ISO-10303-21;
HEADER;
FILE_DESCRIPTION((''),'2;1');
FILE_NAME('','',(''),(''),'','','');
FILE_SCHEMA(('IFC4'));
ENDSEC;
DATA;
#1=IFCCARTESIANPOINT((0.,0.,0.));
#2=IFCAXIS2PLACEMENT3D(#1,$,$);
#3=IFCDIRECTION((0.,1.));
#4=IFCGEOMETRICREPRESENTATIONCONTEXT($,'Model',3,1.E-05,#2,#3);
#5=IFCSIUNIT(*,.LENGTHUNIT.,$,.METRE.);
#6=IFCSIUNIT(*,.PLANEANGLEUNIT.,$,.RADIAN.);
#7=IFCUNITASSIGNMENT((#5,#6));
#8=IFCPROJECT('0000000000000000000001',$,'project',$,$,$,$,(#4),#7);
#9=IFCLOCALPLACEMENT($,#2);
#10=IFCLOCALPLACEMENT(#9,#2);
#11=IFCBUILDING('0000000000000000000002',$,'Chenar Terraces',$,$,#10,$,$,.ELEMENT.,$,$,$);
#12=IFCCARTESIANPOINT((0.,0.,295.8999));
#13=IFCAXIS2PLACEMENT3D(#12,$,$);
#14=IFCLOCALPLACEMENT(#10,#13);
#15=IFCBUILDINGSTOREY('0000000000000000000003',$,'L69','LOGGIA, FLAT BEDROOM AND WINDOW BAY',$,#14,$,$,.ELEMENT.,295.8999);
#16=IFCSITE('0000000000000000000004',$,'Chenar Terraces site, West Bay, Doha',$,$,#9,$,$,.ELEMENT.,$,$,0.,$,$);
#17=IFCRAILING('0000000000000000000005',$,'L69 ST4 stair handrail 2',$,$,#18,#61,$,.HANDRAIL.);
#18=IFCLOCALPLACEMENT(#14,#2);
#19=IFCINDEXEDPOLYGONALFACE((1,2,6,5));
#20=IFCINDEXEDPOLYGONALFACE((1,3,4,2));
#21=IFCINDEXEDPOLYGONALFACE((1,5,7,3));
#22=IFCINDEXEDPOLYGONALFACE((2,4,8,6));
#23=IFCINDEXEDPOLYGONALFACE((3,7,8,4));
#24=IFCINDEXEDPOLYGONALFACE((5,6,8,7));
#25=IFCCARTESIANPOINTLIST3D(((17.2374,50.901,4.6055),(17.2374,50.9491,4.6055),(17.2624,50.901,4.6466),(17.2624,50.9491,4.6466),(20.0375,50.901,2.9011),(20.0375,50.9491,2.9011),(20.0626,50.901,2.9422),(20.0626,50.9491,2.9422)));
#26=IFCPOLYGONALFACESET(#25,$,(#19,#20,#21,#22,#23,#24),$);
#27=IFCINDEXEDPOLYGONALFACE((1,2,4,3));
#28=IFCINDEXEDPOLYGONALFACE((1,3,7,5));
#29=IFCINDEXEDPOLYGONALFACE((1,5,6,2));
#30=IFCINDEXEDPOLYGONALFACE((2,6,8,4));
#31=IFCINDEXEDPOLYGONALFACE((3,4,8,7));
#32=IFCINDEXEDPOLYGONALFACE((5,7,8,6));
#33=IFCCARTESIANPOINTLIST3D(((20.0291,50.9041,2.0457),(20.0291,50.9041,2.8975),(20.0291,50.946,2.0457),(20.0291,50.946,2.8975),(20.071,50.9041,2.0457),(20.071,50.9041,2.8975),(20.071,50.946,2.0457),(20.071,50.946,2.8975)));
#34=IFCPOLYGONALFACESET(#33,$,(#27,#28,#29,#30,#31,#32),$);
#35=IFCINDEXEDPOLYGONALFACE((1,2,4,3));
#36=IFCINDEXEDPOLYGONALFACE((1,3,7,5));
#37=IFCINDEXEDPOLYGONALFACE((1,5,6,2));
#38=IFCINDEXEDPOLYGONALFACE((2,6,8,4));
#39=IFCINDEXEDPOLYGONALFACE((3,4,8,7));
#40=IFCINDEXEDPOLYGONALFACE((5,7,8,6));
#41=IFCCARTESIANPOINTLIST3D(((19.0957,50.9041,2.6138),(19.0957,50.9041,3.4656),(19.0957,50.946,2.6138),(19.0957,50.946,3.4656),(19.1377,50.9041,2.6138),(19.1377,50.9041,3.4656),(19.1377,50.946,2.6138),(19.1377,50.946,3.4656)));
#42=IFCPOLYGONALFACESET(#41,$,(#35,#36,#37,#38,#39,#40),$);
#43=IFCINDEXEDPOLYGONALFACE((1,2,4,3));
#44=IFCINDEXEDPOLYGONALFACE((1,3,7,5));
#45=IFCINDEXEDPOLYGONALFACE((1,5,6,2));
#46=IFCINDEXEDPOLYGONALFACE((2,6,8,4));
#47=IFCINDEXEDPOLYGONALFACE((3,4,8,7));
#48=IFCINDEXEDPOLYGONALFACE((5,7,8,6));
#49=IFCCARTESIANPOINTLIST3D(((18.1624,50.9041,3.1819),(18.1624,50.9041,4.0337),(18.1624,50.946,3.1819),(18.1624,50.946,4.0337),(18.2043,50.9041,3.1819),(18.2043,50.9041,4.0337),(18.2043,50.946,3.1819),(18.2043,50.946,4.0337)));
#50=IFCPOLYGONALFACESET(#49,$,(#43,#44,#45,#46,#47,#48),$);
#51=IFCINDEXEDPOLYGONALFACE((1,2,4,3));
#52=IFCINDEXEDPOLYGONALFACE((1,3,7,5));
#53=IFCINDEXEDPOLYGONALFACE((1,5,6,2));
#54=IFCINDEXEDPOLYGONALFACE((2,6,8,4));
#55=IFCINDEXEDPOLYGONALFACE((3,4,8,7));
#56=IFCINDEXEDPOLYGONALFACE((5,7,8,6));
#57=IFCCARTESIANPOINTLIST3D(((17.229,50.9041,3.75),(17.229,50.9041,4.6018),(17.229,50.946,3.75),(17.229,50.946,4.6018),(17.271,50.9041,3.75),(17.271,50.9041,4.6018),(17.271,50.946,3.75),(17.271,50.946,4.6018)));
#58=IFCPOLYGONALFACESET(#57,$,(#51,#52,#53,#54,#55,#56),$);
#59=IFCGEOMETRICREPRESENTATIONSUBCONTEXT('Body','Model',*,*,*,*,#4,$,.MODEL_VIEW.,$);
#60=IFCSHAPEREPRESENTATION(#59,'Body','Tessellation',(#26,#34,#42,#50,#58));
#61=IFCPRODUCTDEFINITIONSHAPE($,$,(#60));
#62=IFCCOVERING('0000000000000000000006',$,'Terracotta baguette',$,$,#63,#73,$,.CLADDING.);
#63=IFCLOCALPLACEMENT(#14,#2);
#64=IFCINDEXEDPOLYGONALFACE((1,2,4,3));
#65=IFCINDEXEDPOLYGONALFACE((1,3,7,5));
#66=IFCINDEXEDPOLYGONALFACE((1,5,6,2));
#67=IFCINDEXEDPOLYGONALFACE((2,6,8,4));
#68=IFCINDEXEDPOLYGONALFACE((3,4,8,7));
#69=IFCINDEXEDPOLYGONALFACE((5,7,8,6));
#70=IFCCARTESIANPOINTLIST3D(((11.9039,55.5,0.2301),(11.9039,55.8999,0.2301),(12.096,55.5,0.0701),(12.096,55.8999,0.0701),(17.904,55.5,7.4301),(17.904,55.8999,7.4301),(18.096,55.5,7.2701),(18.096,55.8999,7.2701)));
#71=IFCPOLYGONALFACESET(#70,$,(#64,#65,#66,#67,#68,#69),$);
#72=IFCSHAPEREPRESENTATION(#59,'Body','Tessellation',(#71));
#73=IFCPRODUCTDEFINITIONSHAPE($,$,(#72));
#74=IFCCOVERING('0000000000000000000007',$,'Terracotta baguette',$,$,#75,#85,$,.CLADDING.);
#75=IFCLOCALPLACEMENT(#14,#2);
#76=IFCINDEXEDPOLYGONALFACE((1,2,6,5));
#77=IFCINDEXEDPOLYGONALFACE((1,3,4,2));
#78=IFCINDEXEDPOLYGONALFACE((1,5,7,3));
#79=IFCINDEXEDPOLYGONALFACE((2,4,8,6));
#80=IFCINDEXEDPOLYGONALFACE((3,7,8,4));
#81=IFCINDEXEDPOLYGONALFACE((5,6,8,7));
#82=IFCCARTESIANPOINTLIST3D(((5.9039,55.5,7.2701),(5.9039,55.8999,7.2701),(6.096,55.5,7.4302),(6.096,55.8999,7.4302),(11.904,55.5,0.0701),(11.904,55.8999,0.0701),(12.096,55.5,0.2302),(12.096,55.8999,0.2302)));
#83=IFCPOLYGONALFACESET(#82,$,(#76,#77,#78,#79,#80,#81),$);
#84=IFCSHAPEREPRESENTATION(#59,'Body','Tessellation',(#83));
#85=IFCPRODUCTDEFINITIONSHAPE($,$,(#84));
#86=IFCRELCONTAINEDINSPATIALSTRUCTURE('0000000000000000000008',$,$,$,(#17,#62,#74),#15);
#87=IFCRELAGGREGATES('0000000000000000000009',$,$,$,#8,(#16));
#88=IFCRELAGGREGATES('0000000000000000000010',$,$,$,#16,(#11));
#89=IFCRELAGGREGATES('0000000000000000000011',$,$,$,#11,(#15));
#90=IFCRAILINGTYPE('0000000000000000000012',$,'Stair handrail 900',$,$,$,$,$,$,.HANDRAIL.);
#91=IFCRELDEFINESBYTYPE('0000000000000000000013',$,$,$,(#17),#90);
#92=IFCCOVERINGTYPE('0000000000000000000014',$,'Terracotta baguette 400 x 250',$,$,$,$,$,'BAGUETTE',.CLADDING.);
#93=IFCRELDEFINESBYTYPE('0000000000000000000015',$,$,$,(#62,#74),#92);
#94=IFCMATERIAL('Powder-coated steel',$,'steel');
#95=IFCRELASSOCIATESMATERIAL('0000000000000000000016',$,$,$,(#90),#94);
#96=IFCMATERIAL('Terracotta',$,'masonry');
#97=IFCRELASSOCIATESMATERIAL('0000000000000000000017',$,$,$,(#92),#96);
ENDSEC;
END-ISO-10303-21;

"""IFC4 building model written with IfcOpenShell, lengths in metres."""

from ifc_helpers import new_model, si_unit, direction, frame, origin, origin_2d, place, context, subcontext, project, spatial, rectangle, extrude, material, material_profile, profile_set, type_object, element, save


model = new_model("IFC4")

# Units and contexts
model_context = context("Model", 3, precision=1e-05, world=origin(), true_north=direction((0.0, 1.0)))
body_context = subcontext(model_context, "Body", "Model", "MODEL_VIEW")
ifc_project = project(units=[si_unit("LENGTHUNIT", "METRE"), si_unit("PLANEANGLEUNIT", "RADIAN")], contexts=[model_context])

# Site, building, storey
site_placement = place(None, origin())
site = spatial("IfcSite", under=ifc_project, at=site_placement, Name="Chenar Terraces site, West Bay, Doha", CompositionType="ELEMENT", RefElevation=0.0)
building_placement = place(site_placement, origin())
building = spatial("IfcBuilding", under=site, at=building_placement, Name="Chenar Terraces", CompositionType="ELEMENT")
storey_placement = place(building_placement, frame((0.0, 0.0, 295.8999)))
storey = spatial("IfcBuildingStorey", under=building, at=storey_placement, Name="L69", Description="LOGGIA, FLAT BEDROOM AND WINDOW BAY", CompositionType="ELEMENT", Elevation=295.8999)

# Railing
ifc_material_1 = material(Name="Powder-coated steel", Category="steel")
railing_type_1 = type_object("IfcRailingType", Name="Stair handrail 900", PredefinedType="HANDRAIL", material=ifc_material_1)
railing_1_placement = place(storey_placement, frame((20.05, 50.925, 2.0457)))
element("IfcRailing", 1, at=railing_1_placement, inside=storey, type_object=railing_type_1, Name="L69 ST4 stair handrail 2", PredefinedType="HANDRAIL", context=body_context, shape_type="SweptSolid", body=[
    extrude(rectangle(XDim=0.0481, YDim=0.0481, at=origin_2d()), frame((0.0, 0.0, 0.876), z_axis=(-0.854203, 0.0, 0.51994), x_axis=(0.0, -1.0, 0.0)), (0.0, 0.0, 1.0), 3.2781),
    extrude(rectangle(XDim=0.042, YDim=0.042, at=origin_2d()), origin(), (0.0, 0.0, 1.0), 0.8518),
    extrude(rectangle(XDim=0.042, YDim=0.042, at=origin_2d()), frame((-0.9333, 0.0, 0.5681)), (0.0, 0.0, 1.0), 0.8518),
    extrude(rectangle(XDim=0.042, YDim=0.042, at=origin_2d()), frame((-1.8667, 0.0, 1.1362)), (0.0, 0.0, 1.0), 0.8518),
    extrude(rectangle(XDim=0.042, YDim=0.042, at=origin_2d()), frame((-2.8, 0.0, 1.7043)), (0.0, 0.0, 1.0), 0.8518),
])

# Coverings
ifc_material_2 = material(Name="Terracotta", Category="masonry")
ifc_material_profile_1 = material_profile(ifc_material_2, rectangle(XDim=0.3999, YDim=0.25, at=origin_2d()), Name="Terracotta baguette 400 x 250")
ifc_profile_set_1 = profile_set([ifc_material_profile_1], Name="Terracotta")
covering_type = type_object("IfcCoveringType", Name="Terracotta baguette 400 x 250", ElementType="BAGUETTE", PredefinedType="CLADDING", material=ifc_profile_set_1)
for number, where, z_axis, x_axis, name in (
    (2, (18.0, 55.7, 7.3501), (-0.640187, 0.0, -0.768219), (0.0, -1.0, 0.0), "Terracotta baguette"),
    (3, (12.0, 55.7, 0.1501), (-0.640187, 0.0, 0.768219), (0.0, -1.0, 0.0), "Terracotta baguette"),
):
    element("IfcCovering", number, at=place(storey_placement, frame(where, z_axis=z_axis, x_axis=x_axis)), inside=storey, type_object=covering_type, Name=name, PredefinedType="CLADDING", context=body_context, shape_type="SweptSolid", body=[
        extrude(rectangle(XDim=0.3999, YDim=0.25, at=origin_2d()), origin(), (0.0, 0.0, 1.0), 9.3723),
    ])

save(model, "model.ifc")
